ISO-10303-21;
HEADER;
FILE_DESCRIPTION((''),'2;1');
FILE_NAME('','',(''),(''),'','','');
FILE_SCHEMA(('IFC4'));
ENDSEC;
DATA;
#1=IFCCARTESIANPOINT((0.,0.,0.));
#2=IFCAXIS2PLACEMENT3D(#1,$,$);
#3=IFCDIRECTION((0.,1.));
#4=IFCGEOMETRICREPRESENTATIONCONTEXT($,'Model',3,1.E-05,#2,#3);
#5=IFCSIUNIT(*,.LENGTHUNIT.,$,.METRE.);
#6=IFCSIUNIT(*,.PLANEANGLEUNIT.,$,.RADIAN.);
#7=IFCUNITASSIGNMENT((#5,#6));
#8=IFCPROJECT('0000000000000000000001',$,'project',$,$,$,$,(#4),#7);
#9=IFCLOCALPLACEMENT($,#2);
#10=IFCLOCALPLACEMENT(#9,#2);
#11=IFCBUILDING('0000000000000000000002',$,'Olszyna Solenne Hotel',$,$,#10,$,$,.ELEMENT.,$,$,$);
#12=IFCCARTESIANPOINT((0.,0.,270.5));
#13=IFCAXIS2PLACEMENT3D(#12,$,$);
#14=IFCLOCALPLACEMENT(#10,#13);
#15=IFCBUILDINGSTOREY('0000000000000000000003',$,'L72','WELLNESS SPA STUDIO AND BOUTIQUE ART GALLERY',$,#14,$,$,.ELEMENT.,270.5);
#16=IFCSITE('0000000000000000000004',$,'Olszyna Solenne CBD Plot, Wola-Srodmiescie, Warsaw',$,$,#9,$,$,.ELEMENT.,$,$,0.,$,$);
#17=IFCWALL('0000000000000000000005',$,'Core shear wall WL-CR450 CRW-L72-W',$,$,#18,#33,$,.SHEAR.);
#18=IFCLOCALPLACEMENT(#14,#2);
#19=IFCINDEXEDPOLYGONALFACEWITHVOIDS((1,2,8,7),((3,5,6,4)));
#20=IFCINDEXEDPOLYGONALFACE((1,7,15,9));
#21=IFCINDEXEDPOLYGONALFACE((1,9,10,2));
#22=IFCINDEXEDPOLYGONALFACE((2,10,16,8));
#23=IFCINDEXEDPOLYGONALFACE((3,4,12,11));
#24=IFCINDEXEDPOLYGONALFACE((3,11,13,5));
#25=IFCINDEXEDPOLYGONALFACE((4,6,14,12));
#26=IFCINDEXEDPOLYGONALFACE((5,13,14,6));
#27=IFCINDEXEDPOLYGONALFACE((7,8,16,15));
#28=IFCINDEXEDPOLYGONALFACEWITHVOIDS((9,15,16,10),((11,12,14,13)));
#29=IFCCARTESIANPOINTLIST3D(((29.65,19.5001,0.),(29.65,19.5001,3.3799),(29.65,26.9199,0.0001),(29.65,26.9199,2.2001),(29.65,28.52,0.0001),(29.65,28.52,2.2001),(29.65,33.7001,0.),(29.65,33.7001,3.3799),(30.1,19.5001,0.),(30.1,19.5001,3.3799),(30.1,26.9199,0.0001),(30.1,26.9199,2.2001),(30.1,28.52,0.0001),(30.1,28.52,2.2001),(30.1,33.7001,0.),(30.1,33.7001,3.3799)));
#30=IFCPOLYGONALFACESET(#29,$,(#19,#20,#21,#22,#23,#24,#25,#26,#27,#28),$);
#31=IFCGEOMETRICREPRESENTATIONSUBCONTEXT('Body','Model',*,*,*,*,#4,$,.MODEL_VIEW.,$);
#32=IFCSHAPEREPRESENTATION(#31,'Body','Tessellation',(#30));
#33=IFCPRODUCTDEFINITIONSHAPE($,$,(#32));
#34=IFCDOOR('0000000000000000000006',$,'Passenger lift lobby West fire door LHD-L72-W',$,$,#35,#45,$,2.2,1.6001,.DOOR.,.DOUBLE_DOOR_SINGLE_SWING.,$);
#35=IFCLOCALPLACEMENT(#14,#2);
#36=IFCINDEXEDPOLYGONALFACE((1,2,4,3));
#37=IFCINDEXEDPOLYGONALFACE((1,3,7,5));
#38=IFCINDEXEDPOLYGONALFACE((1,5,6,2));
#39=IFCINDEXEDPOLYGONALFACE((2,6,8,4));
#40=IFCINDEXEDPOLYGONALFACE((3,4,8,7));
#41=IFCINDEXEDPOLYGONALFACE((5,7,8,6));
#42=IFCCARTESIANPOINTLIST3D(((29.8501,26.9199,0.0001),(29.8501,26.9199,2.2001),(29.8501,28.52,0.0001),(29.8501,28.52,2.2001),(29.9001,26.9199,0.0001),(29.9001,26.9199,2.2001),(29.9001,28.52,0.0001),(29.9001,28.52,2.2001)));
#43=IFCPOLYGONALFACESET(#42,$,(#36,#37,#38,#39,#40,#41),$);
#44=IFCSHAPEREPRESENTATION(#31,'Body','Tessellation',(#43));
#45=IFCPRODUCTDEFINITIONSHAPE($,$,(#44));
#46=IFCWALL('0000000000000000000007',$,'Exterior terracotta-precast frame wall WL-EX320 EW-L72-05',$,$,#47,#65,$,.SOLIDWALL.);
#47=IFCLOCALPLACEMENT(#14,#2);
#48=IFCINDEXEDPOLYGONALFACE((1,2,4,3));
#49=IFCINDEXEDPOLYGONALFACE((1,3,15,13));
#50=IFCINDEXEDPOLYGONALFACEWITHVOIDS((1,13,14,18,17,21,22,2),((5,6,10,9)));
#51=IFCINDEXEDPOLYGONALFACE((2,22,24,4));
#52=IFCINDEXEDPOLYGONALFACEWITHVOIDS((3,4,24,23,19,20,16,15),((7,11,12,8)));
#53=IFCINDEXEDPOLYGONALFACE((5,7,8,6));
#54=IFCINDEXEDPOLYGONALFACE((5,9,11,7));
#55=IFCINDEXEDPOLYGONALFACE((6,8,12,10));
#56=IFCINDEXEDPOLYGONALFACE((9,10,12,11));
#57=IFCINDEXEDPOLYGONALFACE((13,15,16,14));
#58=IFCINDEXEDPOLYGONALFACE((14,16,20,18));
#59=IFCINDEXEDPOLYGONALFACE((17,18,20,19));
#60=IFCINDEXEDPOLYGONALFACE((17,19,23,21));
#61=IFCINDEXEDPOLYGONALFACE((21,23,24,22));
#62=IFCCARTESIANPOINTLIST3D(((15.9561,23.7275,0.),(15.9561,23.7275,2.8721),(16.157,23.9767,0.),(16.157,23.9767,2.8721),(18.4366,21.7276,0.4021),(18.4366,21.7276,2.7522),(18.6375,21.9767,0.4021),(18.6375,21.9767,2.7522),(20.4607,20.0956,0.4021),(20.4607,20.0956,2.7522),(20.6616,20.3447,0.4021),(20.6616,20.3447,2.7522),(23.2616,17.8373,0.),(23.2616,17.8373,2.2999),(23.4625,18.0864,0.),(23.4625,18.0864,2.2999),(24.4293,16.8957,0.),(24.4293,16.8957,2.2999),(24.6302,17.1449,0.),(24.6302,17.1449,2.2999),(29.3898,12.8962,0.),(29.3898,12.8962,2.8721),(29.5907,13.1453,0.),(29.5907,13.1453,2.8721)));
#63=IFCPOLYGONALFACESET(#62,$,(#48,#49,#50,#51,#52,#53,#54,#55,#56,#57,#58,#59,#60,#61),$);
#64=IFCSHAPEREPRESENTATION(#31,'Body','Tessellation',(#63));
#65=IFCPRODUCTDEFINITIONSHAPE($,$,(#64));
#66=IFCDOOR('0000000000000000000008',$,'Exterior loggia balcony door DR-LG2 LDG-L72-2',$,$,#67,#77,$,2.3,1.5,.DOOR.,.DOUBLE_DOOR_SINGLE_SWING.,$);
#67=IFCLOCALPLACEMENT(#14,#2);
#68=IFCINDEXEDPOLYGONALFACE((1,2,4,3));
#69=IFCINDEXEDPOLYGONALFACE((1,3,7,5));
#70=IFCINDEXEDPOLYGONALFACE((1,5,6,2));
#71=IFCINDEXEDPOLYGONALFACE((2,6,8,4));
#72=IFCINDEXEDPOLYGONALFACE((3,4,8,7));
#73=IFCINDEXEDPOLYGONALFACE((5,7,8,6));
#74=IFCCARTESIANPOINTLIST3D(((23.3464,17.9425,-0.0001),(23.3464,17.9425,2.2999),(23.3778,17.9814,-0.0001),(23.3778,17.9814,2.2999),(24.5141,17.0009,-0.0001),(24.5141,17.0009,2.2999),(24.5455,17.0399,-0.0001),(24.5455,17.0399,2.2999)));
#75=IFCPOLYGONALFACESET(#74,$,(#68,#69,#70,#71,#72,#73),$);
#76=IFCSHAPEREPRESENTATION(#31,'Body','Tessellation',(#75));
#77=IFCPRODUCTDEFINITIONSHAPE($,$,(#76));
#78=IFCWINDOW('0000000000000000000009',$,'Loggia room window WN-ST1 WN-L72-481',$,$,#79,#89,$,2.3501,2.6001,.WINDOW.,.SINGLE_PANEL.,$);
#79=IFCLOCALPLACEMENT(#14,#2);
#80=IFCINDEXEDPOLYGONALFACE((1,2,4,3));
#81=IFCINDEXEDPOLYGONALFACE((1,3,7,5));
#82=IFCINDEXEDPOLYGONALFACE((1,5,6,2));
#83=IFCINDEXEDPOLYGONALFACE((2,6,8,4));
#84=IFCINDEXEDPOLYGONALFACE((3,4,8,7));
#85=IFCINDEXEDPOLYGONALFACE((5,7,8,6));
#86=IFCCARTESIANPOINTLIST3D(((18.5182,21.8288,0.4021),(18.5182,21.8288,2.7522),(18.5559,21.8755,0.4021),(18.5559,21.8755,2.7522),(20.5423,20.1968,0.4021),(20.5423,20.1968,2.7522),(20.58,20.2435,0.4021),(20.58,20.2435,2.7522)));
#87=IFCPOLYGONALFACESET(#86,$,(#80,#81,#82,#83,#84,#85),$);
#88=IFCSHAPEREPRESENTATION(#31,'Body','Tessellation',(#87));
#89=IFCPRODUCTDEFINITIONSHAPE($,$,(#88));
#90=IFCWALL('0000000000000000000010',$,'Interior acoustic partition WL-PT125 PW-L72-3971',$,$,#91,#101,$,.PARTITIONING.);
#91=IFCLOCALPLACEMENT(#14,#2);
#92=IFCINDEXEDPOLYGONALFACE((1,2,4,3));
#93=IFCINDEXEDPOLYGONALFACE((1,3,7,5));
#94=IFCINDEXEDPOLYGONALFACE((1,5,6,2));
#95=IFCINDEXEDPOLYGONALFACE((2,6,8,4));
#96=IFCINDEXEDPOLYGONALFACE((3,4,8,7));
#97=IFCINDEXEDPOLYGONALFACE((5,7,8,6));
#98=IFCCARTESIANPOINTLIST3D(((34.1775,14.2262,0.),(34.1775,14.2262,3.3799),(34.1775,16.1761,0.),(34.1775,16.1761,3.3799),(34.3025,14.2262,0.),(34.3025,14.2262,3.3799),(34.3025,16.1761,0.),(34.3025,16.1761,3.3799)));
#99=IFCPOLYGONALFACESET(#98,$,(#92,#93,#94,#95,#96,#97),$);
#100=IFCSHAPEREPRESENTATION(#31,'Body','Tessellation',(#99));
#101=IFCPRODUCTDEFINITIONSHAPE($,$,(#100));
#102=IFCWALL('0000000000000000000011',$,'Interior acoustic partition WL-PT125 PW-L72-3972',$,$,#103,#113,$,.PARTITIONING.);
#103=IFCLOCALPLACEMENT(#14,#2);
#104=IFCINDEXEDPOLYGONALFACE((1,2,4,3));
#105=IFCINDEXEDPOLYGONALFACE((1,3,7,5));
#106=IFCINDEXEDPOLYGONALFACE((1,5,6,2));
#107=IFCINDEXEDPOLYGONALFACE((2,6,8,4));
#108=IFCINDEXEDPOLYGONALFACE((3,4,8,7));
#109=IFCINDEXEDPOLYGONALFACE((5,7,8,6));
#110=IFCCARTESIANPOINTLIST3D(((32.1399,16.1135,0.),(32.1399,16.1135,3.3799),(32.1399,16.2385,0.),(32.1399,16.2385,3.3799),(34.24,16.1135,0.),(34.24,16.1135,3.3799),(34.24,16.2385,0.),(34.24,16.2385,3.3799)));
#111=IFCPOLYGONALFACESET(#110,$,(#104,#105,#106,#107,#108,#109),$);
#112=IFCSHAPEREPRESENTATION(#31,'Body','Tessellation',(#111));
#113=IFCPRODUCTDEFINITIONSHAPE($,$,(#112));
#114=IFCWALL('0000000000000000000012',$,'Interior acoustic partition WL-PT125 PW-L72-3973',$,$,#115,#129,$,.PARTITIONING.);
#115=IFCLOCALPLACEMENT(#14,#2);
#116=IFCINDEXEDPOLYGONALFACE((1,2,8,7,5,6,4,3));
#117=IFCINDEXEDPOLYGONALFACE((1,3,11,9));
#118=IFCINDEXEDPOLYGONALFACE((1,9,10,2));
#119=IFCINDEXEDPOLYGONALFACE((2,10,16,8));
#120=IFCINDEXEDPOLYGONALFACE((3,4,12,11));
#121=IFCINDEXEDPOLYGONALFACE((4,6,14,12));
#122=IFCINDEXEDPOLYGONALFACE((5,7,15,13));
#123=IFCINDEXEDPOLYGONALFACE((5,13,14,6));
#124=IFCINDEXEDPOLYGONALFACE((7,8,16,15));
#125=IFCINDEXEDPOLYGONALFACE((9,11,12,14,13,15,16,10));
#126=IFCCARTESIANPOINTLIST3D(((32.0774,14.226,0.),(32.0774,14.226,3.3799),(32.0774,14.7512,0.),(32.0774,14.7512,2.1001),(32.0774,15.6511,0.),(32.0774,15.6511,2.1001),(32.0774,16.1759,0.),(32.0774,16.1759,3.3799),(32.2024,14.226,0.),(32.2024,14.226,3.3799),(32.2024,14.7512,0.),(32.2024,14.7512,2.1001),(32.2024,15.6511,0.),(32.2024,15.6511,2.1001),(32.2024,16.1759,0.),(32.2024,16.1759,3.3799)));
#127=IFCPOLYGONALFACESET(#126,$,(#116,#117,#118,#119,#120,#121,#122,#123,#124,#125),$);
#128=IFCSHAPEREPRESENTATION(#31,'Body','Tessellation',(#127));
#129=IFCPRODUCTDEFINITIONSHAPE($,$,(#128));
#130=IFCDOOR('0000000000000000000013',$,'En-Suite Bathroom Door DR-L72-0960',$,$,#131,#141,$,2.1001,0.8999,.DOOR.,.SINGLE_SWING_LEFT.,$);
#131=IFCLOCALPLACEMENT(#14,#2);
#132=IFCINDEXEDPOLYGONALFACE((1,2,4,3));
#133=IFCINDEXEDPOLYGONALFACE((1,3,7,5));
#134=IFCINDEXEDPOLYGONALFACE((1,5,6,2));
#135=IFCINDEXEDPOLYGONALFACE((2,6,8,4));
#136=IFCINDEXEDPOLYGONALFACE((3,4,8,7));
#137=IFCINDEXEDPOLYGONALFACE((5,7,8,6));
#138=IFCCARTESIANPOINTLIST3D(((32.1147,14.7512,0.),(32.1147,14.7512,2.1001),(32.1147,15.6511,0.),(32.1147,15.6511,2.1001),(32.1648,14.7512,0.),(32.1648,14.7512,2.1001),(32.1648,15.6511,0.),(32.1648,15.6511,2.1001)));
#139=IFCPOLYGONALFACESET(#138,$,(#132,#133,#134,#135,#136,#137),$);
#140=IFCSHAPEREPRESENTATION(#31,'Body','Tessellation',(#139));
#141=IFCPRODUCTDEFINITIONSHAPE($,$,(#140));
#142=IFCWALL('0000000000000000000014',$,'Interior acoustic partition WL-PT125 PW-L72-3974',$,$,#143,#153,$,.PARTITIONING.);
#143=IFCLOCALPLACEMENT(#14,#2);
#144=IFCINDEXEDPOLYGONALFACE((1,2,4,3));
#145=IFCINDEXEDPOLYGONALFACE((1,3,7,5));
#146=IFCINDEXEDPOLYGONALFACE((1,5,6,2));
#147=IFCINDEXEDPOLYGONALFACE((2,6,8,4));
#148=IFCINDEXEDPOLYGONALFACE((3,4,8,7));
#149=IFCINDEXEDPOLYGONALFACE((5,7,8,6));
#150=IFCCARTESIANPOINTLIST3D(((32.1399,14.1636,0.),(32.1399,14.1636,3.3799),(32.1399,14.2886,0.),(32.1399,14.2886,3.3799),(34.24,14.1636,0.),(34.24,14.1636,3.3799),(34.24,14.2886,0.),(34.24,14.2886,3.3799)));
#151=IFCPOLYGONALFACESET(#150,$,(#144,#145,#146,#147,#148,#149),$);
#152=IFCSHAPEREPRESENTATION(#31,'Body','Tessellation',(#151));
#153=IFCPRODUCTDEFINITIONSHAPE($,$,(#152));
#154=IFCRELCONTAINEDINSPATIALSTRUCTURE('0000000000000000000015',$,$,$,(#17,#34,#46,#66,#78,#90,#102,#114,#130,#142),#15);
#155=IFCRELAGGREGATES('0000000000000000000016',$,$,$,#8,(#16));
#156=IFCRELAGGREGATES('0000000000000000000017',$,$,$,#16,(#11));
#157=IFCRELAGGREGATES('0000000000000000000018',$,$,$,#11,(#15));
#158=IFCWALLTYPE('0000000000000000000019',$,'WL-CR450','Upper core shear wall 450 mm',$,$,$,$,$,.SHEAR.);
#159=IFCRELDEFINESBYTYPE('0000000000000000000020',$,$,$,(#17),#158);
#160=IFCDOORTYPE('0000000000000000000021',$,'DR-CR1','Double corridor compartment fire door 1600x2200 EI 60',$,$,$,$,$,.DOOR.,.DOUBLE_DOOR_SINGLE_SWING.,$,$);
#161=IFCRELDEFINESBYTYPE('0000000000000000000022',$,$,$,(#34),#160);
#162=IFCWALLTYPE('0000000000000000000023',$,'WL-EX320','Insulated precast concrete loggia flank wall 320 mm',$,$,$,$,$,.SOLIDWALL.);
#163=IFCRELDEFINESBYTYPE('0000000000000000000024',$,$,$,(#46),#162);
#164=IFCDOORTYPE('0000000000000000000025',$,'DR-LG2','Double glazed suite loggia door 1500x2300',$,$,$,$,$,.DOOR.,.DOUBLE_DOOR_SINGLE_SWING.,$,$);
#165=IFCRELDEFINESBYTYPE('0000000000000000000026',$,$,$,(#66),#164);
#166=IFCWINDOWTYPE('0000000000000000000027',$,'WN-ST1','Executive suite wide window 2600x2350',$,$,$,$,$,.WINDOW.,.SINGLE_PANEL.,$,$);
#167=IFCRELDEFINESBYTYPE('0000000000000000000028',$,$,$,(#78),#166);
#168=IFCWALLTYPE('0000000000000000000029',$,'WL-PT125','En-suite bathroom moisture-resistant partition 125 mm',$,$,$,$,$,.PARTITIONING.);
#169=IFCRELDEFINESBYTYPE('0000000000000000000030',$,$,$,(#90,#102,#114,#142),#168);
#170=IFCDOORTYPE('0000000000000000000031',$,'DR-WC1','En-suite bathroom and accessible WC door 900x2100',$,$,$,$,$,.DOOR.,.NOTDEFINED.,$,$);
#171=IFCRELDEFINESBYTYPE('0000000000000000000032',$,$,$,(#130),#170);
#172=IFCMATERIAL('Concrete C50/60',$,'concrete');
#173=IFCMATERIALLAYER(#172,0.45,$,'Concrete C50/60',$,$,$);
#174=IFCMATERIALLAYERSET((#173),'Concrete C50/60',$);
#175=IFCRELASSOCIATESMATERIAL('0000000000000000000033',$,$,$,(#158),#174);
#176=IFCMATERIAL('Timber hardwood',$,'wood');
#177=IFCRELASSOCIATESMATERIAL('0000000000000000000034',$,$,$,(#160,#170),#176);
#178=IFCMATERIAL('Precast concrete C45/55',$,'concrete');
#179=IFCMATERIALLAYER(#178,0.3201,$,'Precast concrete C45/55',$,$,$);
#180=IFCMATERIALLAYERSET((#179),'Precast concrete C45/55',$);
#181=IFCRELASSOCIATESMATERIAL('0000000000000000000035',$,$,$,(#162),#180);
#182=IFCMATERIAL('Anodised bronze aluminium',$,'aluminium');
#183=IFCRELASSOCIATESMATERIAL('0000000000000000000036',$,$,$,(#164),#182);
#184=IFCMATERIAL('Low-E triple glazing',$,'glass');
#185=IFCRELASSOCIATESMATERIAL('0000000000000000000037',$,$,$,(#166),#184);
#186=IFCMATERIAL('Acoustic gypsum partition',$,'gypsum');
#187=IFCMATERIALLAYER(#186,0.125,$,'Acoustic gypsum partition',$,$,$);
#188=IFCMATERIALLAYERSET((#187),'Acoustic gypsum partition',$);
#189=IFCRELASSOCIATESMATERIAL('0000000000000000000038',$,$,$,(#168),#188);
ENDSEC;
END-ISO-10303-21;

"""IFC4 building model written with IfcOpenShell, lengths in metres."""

from ifc_helpers import new_model, si_unit, direction, frame, frame_2d, origin, place, context, subcontext, project, spatial, rectangle, extrude, source, transform, mapped, material, layer, layer_set, type_object, type_shapes, element, fill, save


model = new_model("IFC4")

# Units and contexts
model_context = context("Model", 3, precision=1e-05, world=origin(), true_north=direction((0.0, 1.0)))
body_context = subcontext(model_context, "Body", "Model", "MODEL_VIEW")
ifc_project = project(units=[si_unit("LENGTHUNIT", "METRE"), si_unit("PLANEANGLEUNIT", "RADIAN")], contexts=[model_context])

# Site, building, storey
site_placement = place(None, origin())
site = spatial("IfcSite", under=ifc_project, at=site_placement, Name="Olszyna Solenne CBD Plot, Wola-Srodmiescie, Warsaw", CompositionType="ELEMENT", RefElevation=0.0)
building_placement = place(site_placement, origin())
building = spatial("IfcBuilding", under=site, at=building_placement, Name="Olszyna Solenne Hotel", CompositionType="ELEMENT")
storey_placement = place(building_placement, frame((0.0, 0.0, 270.5)))
storey = spatial("IfcBuildingStorey", under=building, at=storey_placement, Name="L72", Description="WELLNESS SPA STUDIO AND BOUTIQUE ART GALLERY", CompositionType="ELEMENT", Elevation=270.5)

# Shared definitions
ifc_material_1 = material(Name="Anodised bronze aluminium", Category="aluminium")

# Shared definitions
ifc_material_2 = material(Name="Concrete C50/60", Category="concrete")

# Shared definitions
ifc_material_3 = material(Name="Low-E triple glazing", Category="glass")

# Wall, opening, door
ifc_layer_1 = layer(ifc_material_2, 0.45, Name="Concrete C50/60")
ifc_layer_set_1 = layer_set([ifc_layer_1], Name="Concrete C50/60")
wall_type_1 = type_object("IfcWallType", Name="WL-CR450", Description="Upper core shear wall 450 mm", PredefinedType="SHEAR", material=ifc_layer_set_1)
wall_1_placement = place(storey_placement, frame((29.875, 19.5, 0.0), z_axis=(0.0, 0.0, 1.0), x_axis=(0.0, 1.0, 0.0)))
wall_1 = element("IfcWall", 1, at=wall_1_placement, inside=storey, type_object=wall_type_1, Name="Core shear wall WL-CR450 CRW-L72-W", PredefinedType="SHEAR", context=body_context, shape_type="SweptSolid", body=[
    extrude(rectangle(XDim=14.2, YDim=0.45, at=frame_2d((7.1001, 0.0))), origin(), (0.0, 0.0, 1.0), 3.3799),
])
opening_1_placement = place(wall_1_placement, frame((7.4199, 0.0, 0.0)))
opening_1 = element("IfcOpeningElement", 2, at=opening_1_placement, cuts=wall_1, PredefinedType="OPENING", context=body_context, shape_type="SweptSolid", body=[
    extrude(rectangle(XDim=1.6001, YDim=2.2, at=frame_2d((0.8, 1.1001))), frame((0.0, 0.2349, 0.0), z_axis=(0.0, -1.0, 0.0), x_axis=(1.0, 0.0, 0.0)), (0.0, 0.0, 1.0), 0.47),
])
ifc_material_4 = material(Name="Timber hardwood", Category="wood")
door_type_1 = type_object("IfcDoorType", Name="DR-CR1", Description="Double corridor compartment fire door 1600x2200 EI 60", OperationType="DOUBLE_DOOR_SINGLE_SWING", PredefinedType="DOOR", material=ifc_material_4)
shared_shape_1 = source(origin(), body_context, "Body", "SweptSolid", [
    extrude(rectangle(XDim=1.6001, YDim=2.2, at=frame_2d((0.8, 1.1001))), frame((0.0, 0.0249, 0.0), z_axis=(0.0, -1.0, 0.0), x_axis=(1.0, 0.0, 0.0)), (0.0, 0.0, 1.0), 0.05),
])
type_shapes(door_type_1, [shared_shape_1])
door_1_placement = place(opening_1_placement, origin())
door_1 = element("IfcDoor", 3, at=door_1_placement, inside=storey, type_object=door_type_1, Name="Passenger lift lobby West fire door LHD-L72-W", OperationType="DOUBLE_DOOR_SINGLE_SWING", OverallHeight=2.2, OverallWidth=1.6001, PredefinedType="DOOR", context=body_context, shape_type="MappedRepresentation", body=[
    mapped(shared_shape_1, transform((0.0, 0.0, 0.0), x_axis=(1.0, 0.0, 0.0), y_axis=(0.0, 1.0, 0.0), z_axis=(0.0, 0.0, 1.0), scale=1.0)),
])
fill(opening_1, door_1)

# Wall, openings, door, window
ifc_material_5 = material(Name="Precast concrete C45/55", Category="concrete")
ifc_layer_2 = layer(ifc_material_5, 0.3201, Name="Precast concrete C45/55")
ifc_layer_set_2 = layer_set([ifc_layer_2], Name="Precast concrete C45/55")
wall_type_2 = type_object("IfcWallType", Name="WL-EX320", Description="Insulated precast concrete loggia flank wall 320 mm", PredefinedType="SOLIDWALL", material=ifc_layer_set_2)
wall_2_placement = place(storey_placement, frame((29.4902, 13.0208, 0.0), z_axis=(0.0, 0.0, 1.0), x_axis=(-0.778477, 0.627674, 0.0)))
wall_2 = element("IfcWall", 4, at=wall_2_placement, inside=storey, type_object=wall_type_2, Name="Exterior terracotta-precast frame wall WL-EX320 EW-L72-05", PredefinedType="SOLIDWALL", context=body_context, shape_type="SweptSolid", body=[
    extrude(rectangle(XDim=17.2563, YDim=0.3201, at=frame_2d((8.6282, 0.0))), origin(), (0.0, 0.0, 1.0), 2.8721),
])
opening_2_placement = place(wall_2_placement, frame((6.3721, 0.0, 0.0)))
opening_2 = element("IfcOpeningElement", 5, at=opening_2_placement, cuts=wall_2, PredefinedType="OPENING", context=body_context, shape_type="SweptSolid", body=[
    extrude(rectangle(XDim=1.5, YDim=2.3, at=frame_2d((0.75, 1.1499))), frame((0.0, 0.1699, 0.0), z_axis=(0.0, -1.0, 0.0), x_axis=(1.0, 0.0, 0.0)), (0.0, 0.0, 1.0), 0.3401),
])
opening_3_placement = place(wall_2_placement, frame((11.47, 0.0, 0.4021)))
opening_3 = element("IfcOpeningElement", 6, at=opening_3_placement, cuts=wall_2, PredefinedType="OPENING", context=body_context, shape_type="SweptSolid", body=[
    extrude(rectangle(XDim=2.6001, YDim=2.3501, at=frame_2d((1.3, 1.175))), frame((0.0, 0.1699, 0.0), z_axis=(0.0, -1.0, 0.0), x_axis=(1.0, 0.0, 0.0)), (0.0, 0.0, 1.0), 0.3401),
])
door_type_2 = type_object("IfcDoorType", Name="DR-LG2", Description="Double glazed suite loggia door 1500x2300", OperationType="DOUBLE_DOOR_SINGLE_SWING", PredefinedType="DOOR", material=ifc_material_1)
shared_shape_2 = source(origin(), body_context, "Body", "SweptSolid", [
    extrude(rectangle(XDim=1.5, YDim=2.3, at=frame_2d((0.75, 1.1499))), frame((0.0, 0.0249, 0.0), z_axis=(0.0, -1.0, 0.0), x_axis=(1.0, 0.0, 0.0)), (0.0, 0.0, 1.0), 0.05),
])
type_shapes(door_type_2, [shared_shape_2])
door_2_placement = place(opening_2_placement, origin())
door_2 = element("IfcDoor", 7, at=door_2_placement, inside=storey, type_object=door_type_2, Name="Exterior loggia balcony door DR-LG2 LDG-L72-2", OperationType="DOUBLE_DOOR_SINGLE_SWING", OverallHeight=2.3, OverallWidth=1.5, PredefinedType="DOOR", context=body_context, shape_type="MappedRepresentation", body=[
    mapped(shared_shape_2, transform((0.0, 0.0, 0.0), x_axis=(1.0, 0.0, 0.0), y_axis=(0.0, 1.0, 0.0), z_axis=(0.0, 0.0, 1.0), scale=1.0)),
])
fill(opening_2, door_2)
window_type = type_object("IfcWindowType", Name="WN-ST1", Description="Executive suite wide window 2600x2350", PartitioningType="SINGLE_PANEL", PredefinedType="WINDOW", material=ifc_material_3)
shared_shape_3 = source(origin(), body_context, "Body", "SweptSolid", [
    extrude(rectangle(XDim=2.6001, YDim=2.3501, at=frame_2d((1.3, 1.175))), frame((0.0, 0.03, 0.0), z_axis=(0.0, -1.0, 0.0), x_axis=(1.0, 0.0, 0.0)), (0.0, 0.0, 1.0), 0.0601),
])
type_shapes(window_type, [shared_shape_3])
window_placement = place(opening_3_placement, origin())
window = element("IfcWindow", 8, at=window_placement, inside=storey, type_object=window_type, Name="Loggia room window WN-ST1 WN-L72-481", OverallHeight=2.3501, OverallWidth=2.6001, PartitioningType="SINGLE_PANEL", PredefinedType="WINDOW", context=body_context, shape_type="MappedRepresentation", body=[
    mapped(shared_shape_3, transform((0.0, 0.0, 0.0), x_axis=(1.0, 0.0, 0.0), y_axis=(0.0, 1.0, 0.0), z_axis=(0.0, 0.0, 1.0), scale=1.0)),
])
fill(opening_3, window)

# Walls
ifc_material_6 = material(Name="Acoustic gypsum partition", Category="gypsum")
ifc_layer_3 = layer(ifc_material_6, 0.125, Name="Acoustic gypsum partition")
ifc_layer_set_3 = layer_set([ifc_layer_3], Name="Acoustic gypsum partition")
wall_type_3 = type_object("IfcWallType", Name="WL-PT125", Description="En-suite bathroom moisture-resistant partition 125 mm", PredefinedType="PARTITIONING", material=ifc_layer_set_3)
wall_3_placement = place(storey_placement, frame((34.24, 14.2261, 0.0), z_axis=(0.0, 0.0, 1.0), x_axis=(0.0, 1.0, 0.0)))
element("IfcWall", 9, at=wall_3_placement, inside=storey, type_object=wall_type_3, Name="Interior acoustic partition WL-PT125 PW-L72-3971", PredefinedType="PARTITIONING", context=body_context, shape_type="SweptSolid", body=[
    extrude(rectangle(XDim=1.95, YDim=0.125, at=frame_2d((0.9751, 0.0))), origin(), (0.0, 0.0, 1.0), 3.3799),
])
wall_4_placement = place(storey_placement, frame((34.24, 16.176, 0.0), z_axis=(0.0, 0.0, 1.0), x_axis=(-1.0, 0.0, 0.0)))
element("IfcWall", 10, at=wall_4_placement, inside=storey, type_object=wall_type_3, Name="Interior acoustic partition WL-PT125 PW-L72-3972", PredefinedType="PARTITIONING", context=body_context, shape_type="SweptSolid", body=[
    extrude(rectangle(XDim=2.1001, YDim=0.125, at=frame_2d((1.05, 0.0))), origin(), (0.0, 0.0, 1.0), 3.3799),
])

# Wall, opening, door
wall_5_placement = place(storey_placement, frame((32.1399, 16.176, 0.0), z_axis=(0.0, 0.0, 1.0), x_axis=(0.0, -1.0, 0.0)))
wall_5 = element("IfcWall", 11, at=wall_5_placement, inside=storey, type_object=wall_type_3, Name="Interior acoustic partition WL-PT125 PW-L72-3973", PredefinedType="PARTITIONING", context=body_context, shape_type="SweptSolid", body=[
    extrude(rectangle(XDim=1.95, YDim=0.125, at=frame_2d((0.9751, 0.0))), origin(), (0.0, 0.0, 1.0), 3.3799),
])
opening_4_placement = place(wall_5_placement, frame((0.5249, 0.0, 0.0)))
opening_4 = element("IfcOpeningElement", 12, at=opening_4_placement, cuts=wall_5, PredefinedType="OPENING", context=body_context, shape_type="SweptSolid", body=[
    extrude(rectangle(XDim=0.8999, YDim=2.1001, at=frame_2d((0.45, 1.05))), frame((0.0, 0.0725, 0.0), z_axis=(0.0, -1.0, 0.0), x_axis=(1.0, 0.0, 0.0)), (0.0, 0.0, 1.0), 0.145),
])
door_type_3 = type_object("IfcDoorType", Name="DR-WC1", Description="En-suite bathroom and accessible WC door 900x2100", OperationType="NOTDEFINED", PredefinedType="DOOR", material=ifc_material_4)
shared_shape_4 = source(origin(), body_context, "Body", "SweptSolid", [
    extrude(rectangle(XDim=0.8999, YDim=2.1001, at=frame_2d((0.45, 1.05))), frame((0.0, 0.0249, 0.0), z_axis=(0.0, -1.0, 0.0), x_axis=(1.0, 0.0, 0.0)), (0.0, 0.0, 1.0), 0.05),
])
type_shapes(door_type_3, [shared_shape_4])
door_3_placement = place(opening_4_placement, origin())
door_3 = element("IfcDoor", 13, at=door_3_placement, inside=storey, type_object=door_type_3, Name="En-Suite Bathroom Door DR-L72-0960", OperationType="SINGLE_SWING_LEFT", OverallHeight=2.1001, OverallWidth=0.8999, PredefinedType="DOOR", context=body_context, shape_type="MappedRepresentation", body=[
    mapped(shared_shape_4, transform((0.0, 0.0, 0.0), x_axis=(1.0, 0.0, 0.0), y_axis=(0.0, 1.0, 0.0), z_axis=(0.0, 0.0, 1.0), scale=1.0)),
])
fill(opening_4, door_3)

# Wall
wall_6_placement = place(storey_placement, frame((32.1399, 14.2261, 0.0), z_axis=(0.0, 0.0, 1.0), x_axis=(1.0, 0.0, 0.0)))
element("IfcWall", 14, at=wall_6_placement, inside=storey, type_object=wall_type_3, Name="Interior acoustic partition WL-PT125 PW-L72-3974", PredefinedType="PARTITIONING", context=body_context, shape_type="SweptSolid", body=[
    extrude(rectangle(XDim=2.1001, YDim=0.125, at=frame_2d((1.05, 0.0))), origin(), (0.0, 0.0, 1.0), 3.3799),
])

save(model, "model.ifc")
